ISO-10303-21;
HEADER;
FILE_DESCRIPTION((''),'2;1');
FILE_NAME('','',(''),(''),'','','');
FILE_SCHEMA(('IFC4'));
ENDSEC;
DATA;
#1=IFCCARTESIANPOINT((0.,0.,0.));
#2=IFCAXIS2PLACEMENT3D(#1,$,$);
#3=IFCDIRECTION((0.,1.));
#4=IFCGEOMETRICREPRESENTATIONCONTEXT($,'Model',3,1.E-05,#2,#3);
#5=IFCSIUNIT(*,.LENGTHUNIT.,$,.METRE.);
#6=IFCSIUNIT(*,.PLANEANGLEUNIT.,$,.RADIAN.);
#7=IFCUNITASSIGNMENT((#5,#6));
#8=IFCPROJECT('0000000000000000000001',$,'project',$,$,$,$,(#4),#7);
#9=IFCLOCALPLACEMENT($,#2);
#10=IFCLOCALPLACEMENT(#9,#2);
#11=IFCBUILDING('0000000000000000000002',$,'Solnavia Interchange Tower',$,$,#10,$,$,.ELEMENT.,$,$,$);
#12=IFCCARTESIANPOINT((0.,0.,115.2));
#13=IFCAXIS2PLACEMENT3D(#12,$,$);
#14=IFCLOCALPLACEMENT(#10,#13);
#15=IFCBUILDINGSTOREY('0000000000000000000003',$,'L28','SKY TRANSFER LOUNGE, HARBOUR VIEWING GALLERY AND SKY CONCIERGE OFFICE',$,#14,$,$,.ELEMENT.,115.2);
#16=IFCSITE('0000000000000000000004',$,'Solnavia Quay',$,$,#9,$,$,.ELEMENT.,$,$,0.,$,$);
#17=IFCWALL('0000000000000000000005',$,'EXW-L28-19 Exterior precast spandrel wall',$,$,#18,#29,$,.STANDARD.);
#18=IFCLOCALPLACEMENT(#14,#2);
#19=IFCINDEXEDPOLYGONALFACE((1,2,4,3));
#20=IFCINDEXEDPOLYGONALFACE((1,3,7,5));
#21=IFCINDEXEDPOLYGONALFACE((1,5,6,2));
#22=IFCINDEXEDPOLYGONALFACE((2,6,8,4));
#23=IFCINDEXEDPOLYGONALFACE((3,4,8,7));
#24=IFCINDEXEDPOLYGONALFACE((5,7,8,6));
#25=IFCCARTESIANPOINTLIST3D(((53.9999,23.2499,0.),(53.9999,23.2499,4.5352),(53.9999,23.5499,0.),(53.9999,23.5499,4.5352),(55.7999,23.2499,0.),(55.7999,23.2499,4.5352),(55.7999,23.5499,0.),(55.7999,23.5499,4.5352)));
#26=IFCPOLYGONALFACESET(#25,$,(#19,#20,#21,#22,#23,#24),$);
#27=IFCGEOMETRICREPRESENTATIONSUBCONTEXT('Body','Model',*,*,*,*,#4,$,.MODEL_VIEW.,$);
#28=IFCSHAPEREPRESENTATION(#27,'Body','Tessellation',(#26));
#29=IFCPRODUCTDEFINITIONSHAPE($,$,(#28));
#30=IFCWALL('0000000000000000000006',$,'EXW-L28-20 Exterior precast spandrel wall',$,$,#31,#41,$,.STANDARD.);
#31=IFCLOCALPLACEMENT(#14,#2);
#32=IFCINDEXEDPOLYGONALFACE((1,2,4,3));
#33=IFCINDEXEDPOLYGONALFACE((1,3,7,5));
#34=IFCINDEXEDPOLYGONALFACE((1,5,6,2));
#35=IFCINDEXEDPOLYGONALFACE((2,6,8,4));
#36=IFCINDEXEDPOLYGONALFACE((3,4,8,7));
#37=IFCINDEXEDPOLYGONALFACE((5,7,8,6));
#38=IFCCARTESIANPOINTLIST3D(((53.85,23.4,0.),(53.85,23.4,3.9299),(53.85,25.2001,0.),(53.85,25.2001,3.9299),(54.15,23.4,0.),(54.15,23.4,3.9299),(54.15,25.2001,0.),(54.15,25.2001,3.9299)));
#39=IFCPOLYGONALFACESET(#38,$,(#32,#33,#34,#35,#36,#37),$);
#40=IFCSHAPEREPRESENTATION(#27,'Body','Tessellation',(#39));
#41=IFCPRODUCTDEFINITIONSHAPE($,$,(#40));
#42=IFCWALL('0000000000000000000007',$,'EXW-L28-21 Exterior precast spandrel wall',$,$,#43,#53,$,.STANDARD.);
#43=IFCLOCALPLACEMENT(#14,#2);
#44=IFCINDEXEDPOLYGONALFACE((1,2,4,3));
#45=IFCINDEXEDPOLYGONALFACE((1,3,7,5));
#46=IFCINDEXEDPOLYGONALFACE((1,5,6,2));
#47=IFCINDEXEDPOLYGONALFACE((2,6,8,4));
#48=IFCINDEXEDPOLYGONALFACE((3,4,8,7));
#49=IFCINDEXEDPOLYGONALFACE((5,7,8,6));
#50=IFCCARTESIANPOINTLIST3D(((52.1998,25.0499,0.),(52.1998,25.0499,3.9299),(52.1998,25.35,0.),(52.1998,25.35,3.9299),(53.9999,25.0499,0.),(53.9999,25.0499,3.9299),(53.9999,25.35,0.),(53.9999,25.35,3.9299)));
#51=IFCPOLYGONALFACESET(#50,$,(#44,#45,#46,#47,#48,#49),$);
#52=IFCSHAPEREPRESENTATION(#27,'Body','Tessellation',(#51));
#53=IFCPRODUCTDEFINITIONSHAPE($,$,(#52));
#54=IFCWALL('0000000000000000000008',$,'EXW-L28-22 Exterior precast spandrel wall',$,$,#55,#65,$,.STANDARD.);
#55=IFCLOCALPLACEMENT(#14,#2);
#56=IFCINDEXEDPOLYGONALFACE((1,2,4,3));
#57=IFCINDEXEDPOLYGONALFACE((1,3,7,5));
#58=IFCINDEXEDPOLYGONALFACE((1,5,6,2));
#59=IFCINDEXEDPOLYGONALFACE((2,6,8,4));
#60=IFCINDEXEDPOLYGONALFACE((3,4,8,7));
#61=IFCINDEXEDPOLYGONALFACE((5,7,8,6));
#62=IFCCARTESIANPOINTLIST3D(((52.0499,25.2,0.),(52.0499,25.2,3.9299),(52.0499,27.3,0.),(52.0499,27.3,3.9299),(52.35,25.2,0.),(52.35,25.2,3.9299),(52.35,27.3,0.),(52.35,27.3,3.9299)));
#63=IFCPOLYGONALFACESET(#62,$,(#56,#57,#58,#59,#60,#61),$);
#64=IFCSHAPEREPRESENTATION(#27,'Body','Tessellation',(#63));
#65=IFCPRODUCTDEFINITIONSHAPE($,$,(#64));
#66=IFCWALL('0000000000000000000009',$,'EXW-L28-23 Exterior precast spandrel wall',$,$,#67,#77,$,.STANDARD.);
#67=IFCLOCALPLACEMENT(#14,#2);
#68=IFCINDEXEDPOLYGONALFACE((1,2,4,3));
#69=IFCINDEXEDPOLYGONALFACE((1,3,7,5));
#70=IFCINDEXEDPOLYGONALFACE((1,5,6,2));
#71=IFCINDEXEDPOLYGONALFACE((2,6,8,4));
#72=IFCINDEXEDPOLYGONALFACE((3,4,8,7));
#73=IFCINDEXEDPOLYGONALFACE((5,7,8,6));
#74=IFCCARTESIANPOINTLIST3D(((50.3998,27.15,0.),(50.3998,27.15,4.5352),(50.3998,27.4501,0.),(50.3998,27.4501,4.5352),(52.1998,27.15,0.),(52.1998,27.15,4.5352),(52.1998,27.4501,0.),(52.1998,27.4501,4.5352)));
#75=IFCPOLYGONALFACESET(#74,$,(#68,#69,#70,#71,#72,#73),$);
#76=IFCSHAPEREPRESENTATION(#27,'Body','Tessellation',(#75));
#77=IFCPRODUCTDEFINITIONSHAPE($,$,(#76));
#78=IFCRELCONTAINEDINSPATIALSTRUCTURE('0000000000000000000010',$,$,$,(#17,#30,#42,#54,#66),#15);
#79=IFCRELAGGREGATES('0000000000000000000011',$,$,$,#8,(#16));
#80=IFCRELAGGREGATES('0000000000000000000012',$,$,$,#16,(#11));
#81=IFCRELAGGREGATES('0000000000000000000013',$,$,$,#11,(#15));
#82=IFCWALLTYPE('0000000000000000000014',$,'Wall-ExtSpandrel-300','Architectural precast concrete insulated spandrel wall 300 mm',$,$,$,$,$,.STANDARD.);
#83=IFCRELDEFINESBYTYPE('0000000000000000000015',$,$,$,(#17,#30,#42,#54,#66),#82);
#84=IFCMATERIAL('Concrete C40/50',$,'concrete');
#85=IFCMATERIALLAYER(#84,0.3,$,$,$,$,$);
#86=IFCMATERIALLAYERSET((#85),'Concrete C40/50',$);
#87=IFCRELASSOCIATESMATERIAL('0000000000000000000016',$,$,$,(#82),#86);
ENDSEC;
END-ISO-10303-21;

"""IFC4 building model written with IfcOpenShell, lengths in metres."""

from ifc_helpers import new_model, si_unit, direction, frame, frame_2d, origin, place, context, subcontext, project, spatial, rectangle, extrude, material, layer, layer_set, type_object, element, save


model = new_model("IFC4")

# Units and contexts
model_context = context("Model", 3, precision=1e-05, world=origin(), true_north=direction((0.0, 1.0)))
body_context = subcontext(model_context, "Body", "Model", "MODEL_VIEW")
ifc_project = project(units=[si_unit("LENGTHUNIT", "METRE"), si_unit("PLANEANGLEUNIT", "RADIAN")], contexts=[model_context])

# Site, building, storey
site_placement = place(None, origin())
site = spatial("IfcSite", under=ifc_project, at=site_placement, Name="Solnavia Quay", CompositionType="ELEMENT", RefElevation=0.0)
building_placement = place(site_placement, origin())
building = spatial("IfcBuilding", under=site, at=building_placement, Name="Solnavia Interchange Tower", CompositionType="ELEMENT")
storey_placement = place(building_placement, frame((0.0, 0.0, 115.2)))
storey = spatial("IfcBuildingStorey", under=building, at=storey_placement, Name="L28", Description="SKY TRANSFER LOUNGE, HARBOUR VIEWING GALLERY AND SKY CONCIERGE OFFICE", CompositionType="ELEMENT", Elevation=115.2)

# Walls
ifc_material_1 = material(Name="Concrete C40/50", Category="concrete")
ifc_layer_1 = layer(ifc_material_1, 0.3)
ifc_layer_set_1 = layer_set([ifc_layer_1], Name="Concrete C40/50")
wall_type = type_object("IfcWallType", Name="Wall-ExtSpandrel-300", Description="Architectural precast concrete insulated spandrel wall 300 mm", PredefinedType="STANDARD", material=ifc_layer_set_1)
wall_1_placement = place(storey_placement, frame((54.0, 23.3999, 0.0), z_axis=(0.0, 0.0, 1.0), x_axis=(1.0, 0.0, 0.0)))
element("IfcWall", 1, at=wall_1_placement, inside=storey, type_object=wall_type, Name="EXW-L28-19 Exterior precast spandrel wall", PredefinedType="STANDARD", context=body_context, shape_type="SweptSolid", body=[
    extrude(rectangle(XDim=1.8, YDim=0.3, at=frame_2d((0.8999, 0.0))), origin(), (0.0, 0.0, 1.0), 4.5352),
])
for number, where, z_axis, x_axis, name in (
    (2, (54.0, 25.2, 0.0), (0.0, 0.0, 1.0), (0.0, -1.0, 0.0), "EXW-L28-20 Exterior precast spandrel wall"),
    (3, (52.2, 25.2, 0.0), (0.0, 0.0, 1.0), (1.0, 0.0, 0.0), "EXW-L28-21 Exterior precast spandrel wall"),
):
    element("IfcWall", number, at=place(storey_placement, frame(where, z_axis=z_axis, x_axis=x_axis)), inside=storey, type_object=wall_type, Name=name, PredefinedType="STANDARD", context=body_context, shape_type="SweptSolid", body=[
        extrude(rectangle(XDim=1.8, YDim=0.3, at=frame_2d((0.8999, 0.0))), origin(), (0.0, 0.0, 1.0), 3.9299),
    ])
wall_2_placement = place(storey_placement, frame((52.2, 27.3, 0.0), z_axis=(0.0, 0.0, 1.0), x_axis=(0.0, -1.0, 0.0)))
element("IfcWall", 4, at=wall_2_placement, inside=storey, type_object=wall_type, Name="EXW-L28-22 Exterior precast spandrel wall", PredefinedType="STANDARD", context=body_context, shape_type="SweptSolid", body=[
    extrude(rectangle(XDim=2.1001, YDim=0.3, at=frame_2d((1.05, 0.0))), origin(), (0.0, 0.0, 1.0), 3.9299),
])
wall_3_placement = place(storey_placement, frame((50.3999, 27.3, 0.0), z_axis=(0.0, 0.0, 1.0), x_axis=(1.0, 0.0, 0.0)))
element("IfcWall", 5, at=wall_3_placement, inside=storey, type_object=wall_type, Name="EXW-L28-23 Exterior precast spandrel wall", PredefinedType="STANDARD", context=body_context, shape_type="SweptSolid", body=[
    extrude(rectangle(XDim=1.8, YDim=0.3, at=frame_2d((0.8999, 0.0))), origin(), (0.0, 0.0, 1.0), 4.5352),
])

save(model, "model.ifc")
